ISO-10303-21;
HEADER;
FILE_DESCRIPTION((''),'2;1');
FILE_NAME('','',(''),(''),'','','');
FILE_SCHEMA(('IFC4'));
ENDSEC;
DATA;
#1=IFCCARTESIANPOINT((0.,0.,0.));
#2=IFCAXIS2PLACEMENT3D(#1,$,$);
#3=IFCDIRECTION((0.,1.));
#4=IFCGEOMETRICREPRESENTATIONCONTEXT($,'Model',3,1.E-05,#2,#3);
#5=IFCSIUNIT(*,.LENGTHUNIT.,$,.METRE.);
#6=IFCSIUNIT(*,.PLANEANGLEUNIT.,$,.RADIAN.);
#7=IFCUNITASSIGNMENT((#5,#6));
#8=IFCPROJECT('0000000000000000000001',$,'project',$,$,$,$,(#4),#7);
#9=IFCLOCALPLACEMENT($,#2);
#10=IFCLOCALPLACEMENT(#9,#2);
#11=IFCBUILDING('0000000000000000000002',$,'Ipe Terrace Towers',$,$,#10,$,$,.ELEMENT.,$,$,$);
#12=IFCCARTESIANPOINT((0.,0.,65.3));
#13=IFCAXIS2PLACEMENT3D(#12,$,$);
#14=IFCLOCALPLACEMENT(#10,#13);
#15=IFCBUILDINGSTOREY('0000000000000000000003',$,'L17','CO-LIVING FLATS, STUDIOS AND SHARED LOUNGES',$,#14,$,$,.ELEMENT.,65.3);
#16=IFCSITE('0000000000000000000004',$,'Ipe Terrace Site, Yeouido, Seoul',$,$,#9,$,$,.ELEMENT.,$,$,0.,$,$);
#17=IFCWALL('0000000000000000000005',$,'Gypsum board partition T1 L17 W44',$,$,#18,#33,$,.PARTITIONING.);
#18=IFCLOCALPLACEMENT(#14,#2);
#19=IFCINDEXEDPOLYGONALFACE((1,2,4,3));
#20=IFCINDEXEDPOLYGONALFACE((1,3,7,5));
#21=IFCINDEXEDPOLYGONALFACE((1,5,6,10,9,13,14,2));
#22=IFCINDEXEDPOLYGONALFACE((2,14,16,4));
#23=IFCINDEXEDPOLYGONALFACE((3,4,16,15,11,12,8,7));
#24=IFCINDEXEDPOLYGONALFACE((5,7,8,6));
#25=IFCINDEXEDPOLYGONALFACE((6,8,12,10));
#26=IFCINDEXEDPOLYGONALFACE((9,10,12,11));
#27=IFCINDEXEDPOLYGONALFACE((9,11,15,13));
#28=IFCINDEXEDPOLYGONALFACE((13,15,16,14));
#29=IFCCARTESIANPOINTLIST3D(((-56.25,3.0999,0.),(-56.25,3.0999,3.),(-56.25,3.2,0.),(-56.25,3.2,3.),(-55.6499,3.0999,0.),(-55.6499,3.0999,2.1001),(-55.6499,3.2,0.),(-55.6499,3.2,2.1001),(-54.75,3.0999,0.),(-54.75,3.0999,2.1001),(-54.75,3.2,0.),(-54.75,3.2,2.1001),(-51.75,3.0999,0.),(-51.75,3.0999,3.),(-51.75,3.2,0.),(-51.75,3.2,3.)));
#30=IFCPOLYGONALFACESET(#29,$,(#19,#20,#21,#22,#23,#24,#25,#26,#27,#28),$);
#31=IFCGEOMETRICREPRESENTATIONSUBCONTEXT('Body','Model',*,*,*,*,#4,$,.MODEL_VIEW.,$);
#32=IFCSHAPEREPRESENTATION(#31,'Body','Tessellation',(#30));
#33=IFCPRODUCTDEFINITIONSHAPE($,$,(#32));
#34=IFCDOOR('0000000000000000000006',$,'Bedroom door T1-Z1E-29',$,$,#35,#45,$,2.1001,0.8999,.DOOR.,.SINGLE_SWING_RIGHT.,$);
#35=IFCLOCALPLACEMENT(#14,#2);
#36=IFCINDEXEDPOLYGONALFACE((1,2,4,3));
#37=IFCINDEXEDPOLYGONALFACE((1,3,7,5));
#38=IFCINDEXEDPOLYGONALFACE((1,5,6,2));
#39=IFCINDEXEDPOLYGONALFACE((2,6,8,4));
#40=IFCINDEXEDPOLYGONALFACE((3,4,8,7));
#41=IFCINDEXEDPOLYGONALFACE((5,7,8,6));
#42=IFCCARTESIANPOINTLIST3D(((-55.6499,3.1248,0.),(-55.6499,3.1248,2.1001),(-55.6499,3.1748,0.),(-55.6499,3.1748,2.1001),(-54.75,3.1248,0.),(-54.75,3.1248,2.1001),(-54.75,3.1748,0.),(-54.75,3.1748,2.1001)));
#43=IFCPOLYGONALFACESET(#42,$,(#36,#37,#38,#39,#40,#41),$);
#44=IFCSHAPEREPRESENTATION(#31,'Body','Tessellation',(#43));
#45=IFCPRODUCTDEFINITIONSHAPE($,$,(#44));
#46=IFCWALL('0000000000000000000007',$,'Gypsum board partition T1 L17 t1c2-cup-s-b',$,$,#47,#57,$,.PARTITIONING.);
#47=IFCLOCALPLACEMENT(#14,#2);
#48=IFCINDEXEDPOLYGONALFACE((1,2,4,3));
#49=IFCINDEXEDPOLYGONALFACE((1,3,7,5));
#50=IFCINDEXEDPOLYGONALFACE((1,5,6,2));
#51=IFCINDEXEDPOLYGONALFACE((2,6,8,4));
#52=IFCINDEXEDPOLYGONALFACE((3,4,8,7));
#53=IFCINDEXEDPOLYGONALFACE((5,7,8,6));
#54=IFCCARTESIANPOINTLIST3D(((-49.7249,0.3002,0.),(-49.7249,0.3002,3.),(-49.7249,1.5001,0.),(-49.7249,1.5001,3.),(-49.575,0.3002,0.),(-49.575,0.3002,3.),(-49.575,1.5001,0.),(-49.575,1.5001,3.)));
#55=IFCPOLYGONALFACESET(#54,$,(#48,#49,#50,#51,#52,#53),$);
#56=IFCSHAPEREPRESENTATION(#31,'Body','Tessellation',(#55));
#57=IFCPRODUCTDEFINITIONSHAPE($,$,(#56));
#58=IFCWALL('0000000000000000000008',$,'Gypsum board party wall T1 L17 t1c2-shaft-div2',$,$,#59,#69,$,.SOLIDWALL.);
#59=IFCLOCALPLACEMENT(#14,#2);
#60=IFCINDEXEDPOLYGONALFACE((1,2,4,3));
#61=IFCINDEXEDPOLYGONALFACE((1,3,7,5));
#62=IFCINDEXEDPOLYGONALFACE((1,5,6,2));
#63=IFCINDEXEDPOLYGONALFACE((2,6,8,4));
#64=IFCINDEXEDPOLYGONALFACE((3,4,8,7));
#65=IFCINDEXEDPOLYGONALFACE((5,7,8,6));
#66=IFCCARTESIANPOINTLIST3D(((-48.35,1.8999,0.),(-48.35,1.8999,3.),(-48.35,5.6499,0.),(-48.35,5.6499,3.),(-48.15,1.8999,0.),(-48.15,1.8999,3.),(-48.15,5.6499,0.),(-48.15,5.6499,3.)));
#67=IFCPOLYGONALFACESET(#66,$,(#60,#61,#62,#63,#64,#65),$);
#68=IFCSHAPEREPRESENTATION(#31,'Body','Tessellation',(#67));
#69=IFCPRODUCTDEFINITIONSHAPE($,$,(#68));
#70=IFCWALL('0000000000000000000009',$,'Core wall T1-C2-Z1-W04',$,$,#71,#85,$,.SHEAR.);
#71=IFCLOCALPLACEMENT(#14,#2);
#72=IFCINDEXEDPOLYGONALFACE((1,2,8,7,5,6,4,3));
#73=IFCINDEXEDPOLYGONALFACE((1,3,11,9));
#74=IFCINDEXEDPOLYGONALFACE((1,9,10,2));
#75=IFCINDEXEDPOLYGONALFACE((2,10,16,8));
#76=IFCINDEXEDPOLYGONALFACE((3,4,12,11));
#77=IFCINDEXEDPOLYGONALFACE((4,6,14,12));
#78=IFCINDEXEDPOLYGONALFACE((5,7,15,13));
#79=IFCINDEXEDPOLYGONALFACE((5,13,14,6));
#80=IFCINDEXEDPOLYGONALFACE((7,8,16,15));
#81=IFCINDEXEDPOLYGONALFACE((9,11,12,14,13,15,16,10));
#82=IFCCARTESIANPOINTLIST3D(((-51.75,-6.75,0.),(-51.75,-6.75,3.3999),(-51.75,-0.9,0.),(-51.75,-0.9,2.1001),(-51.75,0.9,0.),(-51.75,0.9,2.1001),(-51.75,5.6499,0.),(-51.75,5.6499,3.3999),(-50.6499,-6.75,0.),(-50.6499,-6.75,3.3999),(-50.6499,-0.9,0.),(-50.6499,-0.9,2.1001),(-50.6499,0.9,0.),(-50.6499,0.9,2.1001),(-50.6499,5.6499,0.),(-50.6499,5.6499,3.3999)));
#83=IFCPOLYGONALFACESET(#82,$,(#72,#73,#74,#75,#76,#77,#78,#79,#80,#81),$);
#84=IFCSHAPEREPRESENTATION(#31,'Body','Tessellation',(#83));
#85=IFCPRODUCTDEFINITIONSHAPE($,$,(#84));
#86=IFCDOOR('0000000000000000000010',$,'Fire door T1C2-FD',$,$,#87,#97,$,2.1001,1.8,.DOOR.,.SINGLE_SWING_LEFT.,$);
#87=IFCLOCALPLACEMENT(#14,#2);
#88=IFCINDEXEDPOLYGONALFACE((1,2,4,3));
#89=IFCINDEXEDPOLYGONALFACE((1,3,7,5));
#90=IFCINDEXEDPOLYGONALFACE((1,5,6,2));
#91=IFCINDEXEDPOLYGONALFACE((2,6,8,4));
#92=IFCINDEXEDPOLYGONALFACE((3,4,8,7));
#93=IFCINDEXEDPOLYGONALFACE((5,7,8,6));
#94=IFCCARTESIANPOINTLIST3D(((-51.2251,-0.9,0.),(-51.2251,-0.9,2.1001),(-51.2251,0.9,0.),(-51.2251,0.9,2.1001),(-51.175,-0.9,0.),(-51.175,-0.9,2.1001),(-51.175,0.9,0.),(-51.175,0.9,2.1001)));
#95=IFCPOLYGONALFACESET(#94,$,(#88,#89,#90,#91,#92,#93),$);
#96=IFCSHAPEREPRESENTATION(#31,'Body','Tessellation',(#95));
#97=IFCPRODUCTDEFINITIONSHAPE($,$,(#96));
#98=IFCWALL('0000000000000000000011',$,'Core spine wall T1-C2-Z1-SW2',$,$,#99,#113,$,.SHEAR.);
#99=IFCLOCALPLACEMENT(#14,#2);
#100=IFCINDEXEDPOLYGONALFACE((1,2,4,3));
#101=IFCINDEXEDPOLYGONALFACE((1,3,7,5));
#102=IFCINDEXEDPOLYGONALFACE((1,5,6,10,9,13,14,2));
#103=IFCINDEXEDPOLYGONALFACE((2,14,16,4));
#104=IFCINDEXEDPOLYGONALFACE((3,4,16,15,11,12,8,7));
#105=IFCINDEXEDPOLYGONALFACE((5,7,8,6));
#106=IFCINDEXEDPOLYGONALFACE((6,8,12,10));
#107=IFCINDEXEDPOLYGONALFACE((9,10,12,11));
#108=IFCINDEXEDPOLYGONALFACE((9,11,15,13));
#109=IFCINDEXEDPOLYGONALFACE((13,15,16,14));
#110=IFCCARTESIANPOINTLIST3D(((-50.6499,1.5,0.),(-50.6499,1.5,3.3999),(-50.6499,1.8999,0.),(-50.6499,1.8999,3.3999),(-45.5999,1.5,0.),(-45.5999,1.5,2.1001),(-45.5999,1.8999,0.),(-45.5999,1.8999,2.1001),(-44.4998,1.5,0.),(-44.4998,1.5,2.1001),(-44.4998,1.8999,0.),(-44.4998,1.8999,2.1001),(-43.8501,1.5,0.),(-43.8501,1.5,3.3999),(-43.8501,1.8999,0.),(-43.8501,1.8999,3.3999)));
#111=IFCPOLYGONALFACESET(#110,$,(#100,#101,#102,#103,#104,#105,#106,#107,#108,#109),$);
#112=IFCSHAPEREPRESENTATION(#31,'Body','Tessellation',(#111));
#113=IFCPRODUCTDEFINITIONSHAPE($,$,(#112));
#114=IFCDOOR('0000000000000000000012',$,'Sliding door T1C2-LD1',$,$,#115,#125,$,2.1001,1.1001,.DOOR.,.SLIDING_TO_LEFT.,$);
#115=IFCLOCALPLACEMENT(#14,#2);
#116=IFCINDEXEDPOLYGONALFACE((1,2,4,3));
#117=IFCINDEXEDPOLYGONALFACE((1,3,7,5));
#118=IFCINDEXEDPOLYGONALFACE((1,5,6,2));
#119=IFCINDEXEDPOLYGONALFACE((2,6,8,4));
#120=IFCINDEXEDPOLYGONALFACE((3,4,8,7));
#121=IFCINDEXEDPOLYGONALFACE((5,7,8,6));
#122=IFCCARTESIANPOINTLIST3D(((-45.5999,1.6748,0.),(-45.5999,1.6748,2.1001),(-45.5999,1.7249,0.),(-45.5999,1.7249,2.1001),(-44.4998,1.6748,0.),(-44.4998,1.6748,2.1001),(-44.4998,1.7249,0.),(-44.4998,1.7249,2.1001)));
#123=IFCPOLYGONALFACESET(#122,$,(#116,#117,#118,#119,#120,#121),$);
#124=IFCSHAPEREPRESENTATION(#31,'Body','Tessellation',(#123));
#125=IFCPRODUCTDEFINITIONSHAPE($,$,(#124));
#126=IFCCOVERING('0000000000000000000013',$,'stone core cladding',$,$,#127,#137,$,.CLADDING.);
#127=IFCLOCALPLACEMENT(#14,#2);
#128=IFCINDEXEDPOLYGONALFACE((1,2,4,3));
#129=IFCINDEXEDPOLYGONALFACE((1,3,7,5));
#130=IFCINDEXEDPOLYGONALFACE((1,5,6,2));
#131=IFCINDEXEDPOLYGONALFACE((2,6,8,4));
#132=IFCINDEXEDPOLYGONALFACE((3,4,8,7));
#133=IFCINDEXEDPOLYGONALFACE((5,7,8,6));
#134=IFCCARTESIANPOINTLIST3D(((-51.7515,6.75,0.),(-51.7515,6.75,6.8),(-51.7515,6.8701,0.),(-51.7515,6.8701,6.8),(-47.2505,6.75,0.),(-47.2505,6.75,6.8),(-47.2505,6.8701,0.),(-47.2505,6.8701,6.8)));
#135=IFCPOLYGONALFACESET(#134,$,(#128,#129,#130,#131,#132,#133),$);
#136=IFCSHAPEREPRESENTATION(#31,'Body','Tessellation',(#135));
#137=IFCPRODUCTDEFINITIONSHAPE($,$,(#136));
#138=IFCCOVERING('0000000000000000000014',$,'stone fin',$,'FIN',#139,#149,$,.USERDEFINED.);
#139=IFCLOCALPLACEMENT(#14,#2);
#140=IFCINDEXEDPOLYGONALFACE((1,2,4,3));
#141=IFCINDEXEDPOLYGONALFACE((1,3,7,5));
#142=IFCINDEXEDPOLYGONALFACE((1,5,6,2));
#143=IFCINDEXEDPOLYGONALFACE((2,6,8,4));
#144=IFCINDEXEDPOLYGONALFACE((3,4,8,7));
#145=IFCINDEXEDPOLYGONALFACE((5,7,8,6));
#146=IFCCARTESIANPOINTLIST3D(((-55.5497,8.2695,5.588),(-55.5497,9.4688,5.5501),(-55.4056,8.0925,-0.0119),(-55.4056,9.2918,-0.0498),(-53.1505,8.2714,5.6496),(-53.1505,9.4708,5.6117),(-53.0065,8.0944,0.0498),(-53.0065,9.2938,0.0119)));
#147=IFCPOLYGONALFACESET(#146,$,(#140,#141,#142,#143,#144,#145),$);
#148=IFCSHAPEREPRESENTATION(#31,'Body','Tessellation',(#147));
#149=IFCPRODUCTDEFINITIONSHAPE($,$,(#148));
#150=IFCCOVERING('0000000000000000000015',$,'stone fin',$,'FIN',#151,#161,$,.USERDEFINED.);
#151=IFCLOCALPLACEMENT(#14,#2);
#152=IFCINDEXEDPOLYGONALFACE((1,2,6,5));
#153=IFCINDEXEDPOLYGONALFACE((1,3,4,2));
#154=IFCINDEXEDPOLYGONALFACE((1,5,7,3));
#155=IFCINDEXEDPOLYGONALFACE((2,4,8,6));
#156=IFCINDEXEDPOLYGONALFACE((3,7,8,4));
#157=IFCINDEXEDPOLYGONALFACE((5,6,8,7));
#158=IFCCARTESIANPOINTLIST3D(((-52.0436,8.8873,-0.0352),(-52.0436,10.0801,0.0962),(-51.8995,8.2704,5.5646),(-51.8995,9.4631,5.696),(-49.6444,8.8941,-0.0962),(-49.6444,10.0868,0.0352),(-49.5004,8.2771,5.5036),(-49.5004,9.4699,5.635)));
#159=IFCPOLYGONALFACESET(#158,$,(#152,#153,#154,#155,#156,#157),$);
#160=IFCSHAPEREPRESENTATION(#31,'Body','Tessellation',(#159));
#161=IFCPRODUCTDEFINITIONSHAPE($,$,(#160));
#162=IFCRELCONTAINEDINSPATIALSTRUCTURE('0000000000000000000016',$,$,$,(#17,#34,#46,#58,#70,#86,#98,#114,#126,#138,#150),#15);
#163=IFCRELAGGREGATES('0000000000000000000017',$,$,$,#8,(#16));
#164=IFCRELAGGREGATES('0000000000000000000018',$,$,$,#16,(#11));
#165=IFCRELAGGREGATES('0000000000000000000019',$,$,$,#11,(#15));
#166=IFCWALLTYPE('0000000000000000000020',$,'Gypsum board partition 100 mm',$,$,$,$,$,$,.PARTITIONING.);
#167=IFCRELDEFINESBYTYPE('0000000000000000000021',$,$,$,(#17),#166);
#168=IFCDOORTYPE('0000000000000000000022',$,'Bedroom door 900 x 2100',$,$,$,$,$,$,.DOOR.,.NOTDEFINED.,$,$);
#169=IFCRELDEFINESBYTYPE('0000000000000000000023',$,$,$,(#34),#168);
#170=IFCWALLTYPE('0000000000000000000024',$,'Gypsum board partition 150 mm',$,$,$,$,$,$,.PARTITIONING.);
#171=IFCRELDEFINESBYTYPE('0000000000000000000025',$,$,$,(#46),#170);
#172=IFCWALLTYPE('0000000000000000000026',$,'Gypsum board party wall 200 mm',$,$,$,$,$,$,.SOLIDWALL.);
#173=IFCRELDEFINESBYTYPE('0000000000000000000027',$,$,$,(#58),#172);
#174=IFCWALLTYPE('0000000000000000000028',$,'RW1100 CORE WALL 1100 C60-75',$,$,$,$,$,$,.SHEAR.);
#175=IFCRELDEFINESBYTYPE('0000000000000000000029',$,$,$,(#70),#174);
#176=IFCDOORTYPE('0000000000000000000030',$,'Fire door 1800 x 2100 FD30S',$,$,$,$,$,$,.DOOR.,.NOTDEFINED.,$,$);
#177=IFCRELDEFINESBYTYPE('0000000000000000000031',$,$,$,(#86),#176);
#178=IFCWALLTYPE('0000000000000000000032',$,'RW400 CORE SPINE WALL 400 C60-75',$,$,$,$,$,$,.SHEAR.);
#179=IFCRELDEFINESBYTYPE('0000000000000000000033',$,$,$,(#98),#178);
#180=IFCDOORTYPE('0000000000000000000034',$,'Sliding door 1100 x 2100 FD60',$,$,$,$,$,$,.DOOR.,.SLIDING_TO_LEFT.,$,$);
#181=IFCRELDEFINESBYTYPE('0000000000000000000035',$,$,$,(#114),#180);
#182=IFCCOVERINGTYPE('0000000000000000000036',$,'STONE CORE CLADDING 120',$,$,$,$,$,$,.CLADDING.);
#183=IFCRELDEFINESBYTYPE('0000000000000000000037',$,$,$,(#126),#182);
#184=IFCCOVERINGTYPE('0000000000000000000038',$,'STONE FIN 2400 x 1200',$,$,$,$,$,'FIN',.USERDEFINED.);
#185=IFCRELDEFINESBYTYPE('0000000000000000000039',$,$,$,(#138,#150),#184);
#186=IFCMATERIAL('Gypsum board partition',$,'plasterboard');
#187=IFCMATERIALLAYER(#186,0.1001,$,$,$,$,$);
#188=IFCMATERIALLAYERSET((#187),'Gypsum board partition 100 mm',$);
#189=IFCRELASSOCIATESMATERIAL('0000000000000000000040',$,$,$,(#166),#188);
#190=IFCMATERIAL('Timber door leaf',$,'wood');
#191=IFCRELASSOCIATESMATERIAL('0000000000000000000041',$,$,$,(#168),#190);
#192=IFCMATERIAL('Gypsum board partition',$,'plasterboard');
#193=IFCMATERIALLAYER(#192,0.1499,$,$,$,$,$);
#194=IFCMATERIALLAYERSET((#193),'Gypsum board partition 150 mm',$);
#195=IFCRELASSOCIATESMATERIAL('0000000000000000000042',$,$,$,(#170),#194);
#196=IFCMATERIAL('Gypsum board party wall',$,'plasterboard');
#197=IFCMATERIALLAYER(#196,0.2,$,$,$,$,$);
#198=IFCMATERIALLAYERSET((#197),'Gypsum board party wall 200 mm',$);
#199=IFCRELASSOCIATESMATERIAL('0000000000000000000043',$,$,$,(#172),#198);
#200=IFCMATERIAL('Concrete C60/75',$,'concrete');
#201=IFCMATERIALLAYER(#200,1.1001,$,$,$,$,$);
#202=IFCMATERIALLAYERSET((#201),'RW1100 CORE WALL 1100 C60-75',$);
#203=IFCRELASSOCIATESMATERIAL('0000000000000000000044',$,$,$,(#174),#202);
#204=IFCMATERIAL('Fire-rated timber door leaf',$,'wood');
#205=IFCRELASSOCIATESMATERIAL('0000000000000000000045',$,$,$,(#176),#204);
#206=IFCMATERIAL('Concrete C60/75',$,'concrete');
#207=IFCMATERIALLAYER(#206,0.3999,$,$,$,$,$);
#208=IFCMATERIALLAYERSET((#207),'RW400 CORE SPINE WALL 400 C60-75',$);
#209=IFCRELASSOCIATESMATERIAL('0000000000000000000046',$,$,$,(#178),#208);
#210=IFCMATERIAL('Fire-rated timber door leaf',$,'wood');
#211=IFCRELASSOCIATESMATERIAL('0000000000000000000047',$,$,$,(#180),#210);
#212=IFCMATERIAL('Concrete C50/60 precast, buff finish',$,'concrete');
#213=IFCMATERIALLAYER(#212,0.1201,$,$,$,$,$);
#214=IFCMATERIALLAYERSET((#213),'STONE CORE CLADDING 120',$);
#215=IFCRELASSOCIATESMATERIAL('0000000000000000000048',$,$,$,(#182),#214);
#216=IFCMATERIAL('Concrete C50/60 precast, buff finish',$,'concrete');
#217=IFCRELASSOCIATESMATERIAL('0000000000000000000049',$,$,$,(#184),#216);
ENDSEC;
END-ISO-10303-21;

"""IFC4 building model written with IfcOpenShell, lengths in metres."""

from ifc_helpers import new_model, si_unit, direction, frame, frame_2d, origin, origin_2d, place, context, subcontext, project, spatial, rectangle, extrude, material, layer, layer_set, material_profile, profile_set, type_object, element, fill, save


model = new_model("IFC4")

# Units and contexts
model_context = context("Model", 3, precision=1e-05, world=origin(), true_north=direction((0.0, 1.0)))
body_context = subcontext(model_context, "Body", "Model", "MODEL_VIEW")
ifc_project = project(units=[si_unit("LENGTHUNIT", "METRE"), si_unit("PLANEANGLEUNIT", "RADIAN")], contexts=[model_context])

# Site, building, storey
site_placement = place(None, origin())
site = spatial("IfcSite", under=ifc_project, at=site_placement, Name="Ipe Terrace Site, Yeouido, Seoul", CompositionType="ELEMENT", RefElevation=0.0)
building_placement = place(site_placement, origin())
building = spatial("IfcBuilding", under=site, at=building_placement, Name="Ipe Terrace Towers", CompositionType="ELEMENT")
storey_placement = place(building_placement, frame((0.0, 0.0, 65.3)))
storey = spatial("IfcBuildingStorey", under=building, at=storey_placement, Name="L17", Description="CO-LIVING FLATS, STUDIOS AND SHARED LOUNGES", CompositionType="ELEMENT", Elevation=65.3)

# Wall, opening, door
ifc_material_1 = material(Name="Gypsum board partition", Category="plasterboard")
ifc_layer_1 = layer(ifc_material_1, 0.1001)
ifc_layer_set_1 = layer_set([ifc_layer_1], Name="Gypsum board partition 100 mm")
wall_type_1 = type_object("IfcWallType", Name="Gypsum board partition 100 mm", PredefinedType="PARTITIONING", material=ifc_layer_set_1)
wall_1_placement = place(storey_placement, frame((-56.25, 3.1499, 0.0), z_axis=(0.0, 0.0, 1.0), x_axis=(1.0, 0.0, 0.0)))
wall_1 = element("IfcWall", 1, at=wall_1_placement, inside=storey, type_object=wall_type_1, Name="Gypsum board partition T1 L17 W44", PredefinedType="PARTITIONING", context=body_context, shape_type="SweptSolid", body=[
    extrude(rectangle(XDim=4.5, YDim=0.1001, at=frame_2d((2.25, 0.0))), origin(), (0.0, 0.0, 1.0), 3.0),
])
opening_1_placement = place(wall_1_placement, frame((0.6001, 0.0, 0.0)))
opening_1 = element("IfcOpeningElement", 2, at=opening_1_placement, cuts=wall_1, PredefinedType="OPENING", context=body_context, shape_type="SweptSolid", body=[
    extrude(rectangle(XDim=0.8999, YDim=2.1001, at=frame_2d((0.45, 1.05))), frame((0.0, 0.0601, 0.0), z_axis=(0.0, -1.0, 0.0), x_axis=(1.0, 0.0, 0.0)), (0.0, 0.0, 1.0), 0.1201),
])
ifc_material_2 = material(Name="Timber door leaf", Category="wood")
door_type_1 = type_object("IfcDoorType", Name="Bedroom door 900 x 2100", OperationType="NOTDEFINED", PredefinedType="DOOR", material=ifc_material_2)
door_1_placement = place(opening_1_placement, origin())
door_1 = element("IfcDoor", 3, at=door_1_placement, inside=storey, type_object=door_type_1, Name="Bedroom door T1-Z1E-29", OperationType="SINGLE_SWING_RIGHT", OverallHeight=2.1001, OverallWidth=0.8999, PredefinedType="DOOR", context=body_context, shape_type="SweptSolid", body=[
    extrude(rectangle(XDim=0.8999, YDim=2.1001, at=frame_2d((0.45, 1.05))), frame((0.0, 0.0249, 0.0), z_axis=(0.0, -1.0, 0.0), x_axis=(1.0, 0.0, 0.0)), (0.0, 0.0, 1.0), 0.05),
])
fill(opening_1, door_1)

# Walls
ifc_material_3 = material(Name="Gypsum board partition", Category="plasterboard")
ifc_layer_2 = layer(ifc_material_3, 0.1499)
ifc_layer_set_2 = layer_set([ifc_layer_2], Name="Gypsum board partition 150 mm")
wall_type_2 = type_object("IfcWallType", Name="Gypsum board partition 150 mm", PredefinedType="PARTITIONING", material=ifc_layer_set_2)
wall_2_placement = place(storey_placement, frame((-49.6499, 0.3, 0.0), z_axis=(0.0, 0.0, 1.0), x_axis=(0.0, 1.0, 0.0)))
element("IfcWall", 4, at=wall_2_placement, inside=storey, type_object=wall_type_2, Name="Gypsum board partition T1 L17 t1c2-cup-s-b", PredefinedType="PARTITIONING", context=body_context, shape_type="SweptSolid", body=[
    extrude(rectangle(XDim=1.2, YDim=0.1499, at=frame_2d((0.6001, 0.0))), origin(), (0.0, 0.0, 1.0), 3.0),
])
ifc_material_4 = material(Name="Gypsum board party wall", Category="plasterboard")
ifc_layer_3 = layer(ifc_material_4, 0.2)
ifc_layer_set_3 = layer_set([ifc_layer_3], Name="Gypsum board party wall 200 mm")
wall_type_3 = type_object("IfcWallType", Name="Gypsum board party wall 200 mm", PredefinedType="SOLIDWALL", material=ifc_layer_set_3)
wall_3_placement = place(storey_placement, frame((-48.25, 5.6499, 0.0), z_axis=(0.0, 0.0, 1.0), x_axis=(0.0, -1.0, 0.0)))
element("IfcWall", 5, at=wall_3_placement, inside=storey, type_object=wall_type_3, Name="Gypsum board party wall T1 L17 t1c2-shaft-div2", PredefinedType="SOLIDWALL", context=body_context, shape_type="SweptSolid", body=[
    extrude(rectangle(XDim=3.75, YDim=0.2, at=frame_2d((1.875, 0.0))), origin(), (0.0, 0.0, 1.0), 3.0),
])

# Walls, openings, doors
ifc_material_5 = material(Name="Concrete C60/75", Category="concrete")
ifc_layer_4 = layer(ifc_material_5, 1.1001)
ifc_layer_set_4 = layer_set([ifc_layer_4], Name="RW1100 CORE WALL 1100 C60-75")
wall_type_4 = type_object("IfcWallType", Name="RW1100 CORE WALL 1100 C60-75", PredefinedType="SHEAR", material=ifc_layer_set_4)
wall_4_placement = place(storey_placement, frame((-51.2, 5.6499, 0.0), z_axis=(0.0, 0.0, 1.0), x_axis=(0.0, -1.0, 0.0)))
wall_4 = element("IfcWall", 6, at=wall_4_placement, inside=storey, type_object=wall_type_4, Name="Core wall T1-C2-Z1-W04", PredefinedType="SHEAR", context=body_context, shape_type="SweptSolid", body=[
    extrude(rectangle(XDim=12.3999, YDim=1.1001, at=frame_2d((6.2, 0.0))), origin(), (0.0, 0.0, 1.0), 3.3999),
])
opening_2_placement = place(wall_4_placement, frame((4.75, 0.0, 0.0)))
opening_2 = element("IfcOpeningElement", 7, at=opening_2_placement, cuts=wall_4, PredefinedType="OPENING", context=body_context, shape_type="SweptSolid", body=[
    extrude(rectangle(XDim=1.8, YDim=2.1001, at=frame_2d((0.8999, 1.05))), frame((0.0, 0.5601, 0.0), z_axis=(0.0, -1.0, 0.0), x_axis=(1.0, 0.0, 0.0)), (0.0, 0.0, 1.0), 1.1201),
])
ifc_material_6 = material(Name="Fire-rated timber door leaf", Category="wood")
door_type_2 = type_object("IfcDoorType", Name="Fire door 1800 x 2100 FD30S", OperationType="NOTDEFINED", PredefinedType="DOOR", material=ifc_material_6)
door_2_placement = place(opening_2_placement, origin())
door_2 = element("IfcDoor", 8, at=door_2_placement, inside=storey, type_object=door_type_2, Name="Fire door T1C2-FD", OperationType="SINGLE_SWING_LEFT", OverallHeight=2.1001, OverallWidth=1.8, PredefinedType="DOOR", context=body_context, shape_type="SweptSolid", body=[
    extrude(rectangle(XDim=1.8, YDim=2.1001, at=frame_2d((0.8999, 1.05))), frame((0.0, 0.0249, 0.0), z_axis=(0.0, -1.0, 0.0), x_axis=(1.0, 0.0, 0.0)), (0.0, 0.0, 1.0), 0.05),
])
fill(opening_2, door_2)
ifc_material_7 = material(Name="Concrete C60/75", Category="concrete")
ifc_layer_5 = layer(ifc_material_7, 0.3999)
ifc_layer_set_5 = layer_set([ifc_layer_5], Name="RW400 CORE SPINE WALL 400 C60-75")
wall_type_5 = type_object("IfcWallType", Name="RW400 CORE SPINE WALL 400 C60-75", PredefinedType="SHEAR", material=ifc_layer_set_5)
wall_5_placement = place(storey_placement, frame((-50.6499, 1.7, 0.0), z_axis=(0.0, 0.0, 1.0), x_axis=(1.0, 0.0, 0.0)))
wall_5 = element("IfcWall", 9, at=wall_5_placement, inside=storey, type_object=wall_type_5, Name="Core spine wall T1-C2-Z1-SW2", PredefinedType="SHEAR", context=body_context, shape_type="SweptSolid", body=[
    extrude(rectangle(XDim=6.7998, YDim=0.3999, at=frame_2d((3.3999, 0.0))), origin(), (0.0, 0.0, 1.0), 3.3999),
])
opening_3_placement = place(wall_5_placement, frame((5.05, 0.0, 0.0)))
opening_3 = element("IfcOpeningElement", 10, at=opening_3_placement, cuts=wall_5, PredefinedType="OPENING", context=body_context, shape_type="SweptSolid", body=[
    extrude(rectangle(XDim=1.1001, YDim=2.1001, at=frame_2d((0.55, 1.05))), frame((0.0, 0.21, 0.0), z_axis=(0.0, -1.0, 0.0), x_axis=(1.0, 0.0, 0.0)), (0.0, 0.0, 1.0), 0.4199),
])
ifc_material_8 = material(Name="Fire-rated timber door leaf", Category="wood")
door_type_3 = type_object("IfcDoorType", Name="Sliding door 1100 x 2100 FD60", OperationType="SLIDING_TO_LEFT", PredefinedType="DOOR", material=ifc_material_8)
door_3_placement = place(opening_3_placement, origin())
door_3 = element("IfcDoor", 11, at=door_3_placement, inside=storey, type_object=door_type_3, Name="Sliding door T1C2-LD1", OperationType="SLIDING_TO_LEFT", OverallHeight=2.1001, OverallWidth=1.1001, PredefinedType="DOOR", context=body_context, shape_type="SweptSolid", body=[
    extrude(rectangle(XDim=1.1001, YDim=2.1001, at=frame_2d((0.55, 1.05))), frame((0.0, 0.0249, 0.0), z_axis=(0.0, -1.0, 0.0), x_axis=(1.0, 0.0, 0.0)), (0.0, 0.0, 1.0), 0.05),
])
fill(opening_3, door_3)

# Coverings
ifc_material_9 = material(Name="Concrete C50/60 precast, buff finish", Category="concrete")
ifc_layer_6 = layer(ifc_material_9, 0.1201)
ifc_layer_set_6 = layer_set([ifc_layer_6], Name="STONE CORE CLADDING 120")
covering_type_1 = type_object("IfcCoveringType", Name="STONE CORE CLADDING 120", PredefinedType="CLADDING", material=ifc_layer_set_6)
covering_1_placement = place(storey_placement, frame((-49.501, 6.8101, 0.0), z_axis=(0.0, 0.0, 1.0), x_axis=(-1.0, 0.0, 0.0)))
element("IfcCovering", 12, at=covering_1_placement, inside=storey, type_object=covering_type_1, Name="stone core cladding", PredefinedType="CLADDING", context=body_context, shape_type="SweptSolid", body=[
    extrude(rectangle(XDim=4.501, YDim=0.1201, at=origin_2d()), origin(), (0.0, 0.0, 1.0), 6.8),
])
ifc_material_10 = material(Name="Concrete C50/60 precast, buff finish", Category="concrete")
ifc_material_profile_1 = material_profile(ifc_material_10, rectangle(XDim=2.3999, YDim=1.2, at=origin_2d()), Name="STONE FIN 2400 x 1200")
ifc_profile_set_1 = profile_set([ifc_material_profile_1], Name="Concrete C50/60 precast, buff finish")
covering_type_2 = type_object("IfcCoveringType", Name="STONE FIN 2400 x 1200", ElementType="FIN", PredefinedType="USERDEFINED", material=ifc_profile_set_1)
covering_2_placement = place(storey_placement, frame((-54.2061, 8.6931, 0.0), z_axis=(-0.025701, 0.031582, 0.999171), x_axis=(-0.99967, -0.000812, -0.025688)))
element("IfcCovering", 13, at=covering_2_placement, inside=storey, type_object=covering_type_2, Name="stone fin", ObjectType="FIN", PredefinedType="USERDEFINED", context=body_context, shape_type="SweptSolid", body=[
    extrude(rectangle(XDim=2.3999, YDim=1.2, at=origin_2d()), origin(), (0.0, 0.0, 1.0), 5.6045),
])
covering_3_placement = place(storey_placement, frame((-50.844, 9.4871, 0.0), z_axis=(0.02556, -0.109473, 0.993661), x_axis=(-0.999673, -0.002799, 0.025406)))
element("IfcCovering", 14, at=covering_3_placement, inside=storey, type_object=covering_type_2, Name="stone fin", ObjectType="FIN", PredefinedType="USERDEFINED", context=body_context, shape_type="SweptSolid", body=[
    extrude(rectangle(XDim=2.3999, YDim=1.2, at=origin_2d()), origin(), (0.0, 0.0, 1.0), 5.6355),
])

save(model, "model.ifc")
